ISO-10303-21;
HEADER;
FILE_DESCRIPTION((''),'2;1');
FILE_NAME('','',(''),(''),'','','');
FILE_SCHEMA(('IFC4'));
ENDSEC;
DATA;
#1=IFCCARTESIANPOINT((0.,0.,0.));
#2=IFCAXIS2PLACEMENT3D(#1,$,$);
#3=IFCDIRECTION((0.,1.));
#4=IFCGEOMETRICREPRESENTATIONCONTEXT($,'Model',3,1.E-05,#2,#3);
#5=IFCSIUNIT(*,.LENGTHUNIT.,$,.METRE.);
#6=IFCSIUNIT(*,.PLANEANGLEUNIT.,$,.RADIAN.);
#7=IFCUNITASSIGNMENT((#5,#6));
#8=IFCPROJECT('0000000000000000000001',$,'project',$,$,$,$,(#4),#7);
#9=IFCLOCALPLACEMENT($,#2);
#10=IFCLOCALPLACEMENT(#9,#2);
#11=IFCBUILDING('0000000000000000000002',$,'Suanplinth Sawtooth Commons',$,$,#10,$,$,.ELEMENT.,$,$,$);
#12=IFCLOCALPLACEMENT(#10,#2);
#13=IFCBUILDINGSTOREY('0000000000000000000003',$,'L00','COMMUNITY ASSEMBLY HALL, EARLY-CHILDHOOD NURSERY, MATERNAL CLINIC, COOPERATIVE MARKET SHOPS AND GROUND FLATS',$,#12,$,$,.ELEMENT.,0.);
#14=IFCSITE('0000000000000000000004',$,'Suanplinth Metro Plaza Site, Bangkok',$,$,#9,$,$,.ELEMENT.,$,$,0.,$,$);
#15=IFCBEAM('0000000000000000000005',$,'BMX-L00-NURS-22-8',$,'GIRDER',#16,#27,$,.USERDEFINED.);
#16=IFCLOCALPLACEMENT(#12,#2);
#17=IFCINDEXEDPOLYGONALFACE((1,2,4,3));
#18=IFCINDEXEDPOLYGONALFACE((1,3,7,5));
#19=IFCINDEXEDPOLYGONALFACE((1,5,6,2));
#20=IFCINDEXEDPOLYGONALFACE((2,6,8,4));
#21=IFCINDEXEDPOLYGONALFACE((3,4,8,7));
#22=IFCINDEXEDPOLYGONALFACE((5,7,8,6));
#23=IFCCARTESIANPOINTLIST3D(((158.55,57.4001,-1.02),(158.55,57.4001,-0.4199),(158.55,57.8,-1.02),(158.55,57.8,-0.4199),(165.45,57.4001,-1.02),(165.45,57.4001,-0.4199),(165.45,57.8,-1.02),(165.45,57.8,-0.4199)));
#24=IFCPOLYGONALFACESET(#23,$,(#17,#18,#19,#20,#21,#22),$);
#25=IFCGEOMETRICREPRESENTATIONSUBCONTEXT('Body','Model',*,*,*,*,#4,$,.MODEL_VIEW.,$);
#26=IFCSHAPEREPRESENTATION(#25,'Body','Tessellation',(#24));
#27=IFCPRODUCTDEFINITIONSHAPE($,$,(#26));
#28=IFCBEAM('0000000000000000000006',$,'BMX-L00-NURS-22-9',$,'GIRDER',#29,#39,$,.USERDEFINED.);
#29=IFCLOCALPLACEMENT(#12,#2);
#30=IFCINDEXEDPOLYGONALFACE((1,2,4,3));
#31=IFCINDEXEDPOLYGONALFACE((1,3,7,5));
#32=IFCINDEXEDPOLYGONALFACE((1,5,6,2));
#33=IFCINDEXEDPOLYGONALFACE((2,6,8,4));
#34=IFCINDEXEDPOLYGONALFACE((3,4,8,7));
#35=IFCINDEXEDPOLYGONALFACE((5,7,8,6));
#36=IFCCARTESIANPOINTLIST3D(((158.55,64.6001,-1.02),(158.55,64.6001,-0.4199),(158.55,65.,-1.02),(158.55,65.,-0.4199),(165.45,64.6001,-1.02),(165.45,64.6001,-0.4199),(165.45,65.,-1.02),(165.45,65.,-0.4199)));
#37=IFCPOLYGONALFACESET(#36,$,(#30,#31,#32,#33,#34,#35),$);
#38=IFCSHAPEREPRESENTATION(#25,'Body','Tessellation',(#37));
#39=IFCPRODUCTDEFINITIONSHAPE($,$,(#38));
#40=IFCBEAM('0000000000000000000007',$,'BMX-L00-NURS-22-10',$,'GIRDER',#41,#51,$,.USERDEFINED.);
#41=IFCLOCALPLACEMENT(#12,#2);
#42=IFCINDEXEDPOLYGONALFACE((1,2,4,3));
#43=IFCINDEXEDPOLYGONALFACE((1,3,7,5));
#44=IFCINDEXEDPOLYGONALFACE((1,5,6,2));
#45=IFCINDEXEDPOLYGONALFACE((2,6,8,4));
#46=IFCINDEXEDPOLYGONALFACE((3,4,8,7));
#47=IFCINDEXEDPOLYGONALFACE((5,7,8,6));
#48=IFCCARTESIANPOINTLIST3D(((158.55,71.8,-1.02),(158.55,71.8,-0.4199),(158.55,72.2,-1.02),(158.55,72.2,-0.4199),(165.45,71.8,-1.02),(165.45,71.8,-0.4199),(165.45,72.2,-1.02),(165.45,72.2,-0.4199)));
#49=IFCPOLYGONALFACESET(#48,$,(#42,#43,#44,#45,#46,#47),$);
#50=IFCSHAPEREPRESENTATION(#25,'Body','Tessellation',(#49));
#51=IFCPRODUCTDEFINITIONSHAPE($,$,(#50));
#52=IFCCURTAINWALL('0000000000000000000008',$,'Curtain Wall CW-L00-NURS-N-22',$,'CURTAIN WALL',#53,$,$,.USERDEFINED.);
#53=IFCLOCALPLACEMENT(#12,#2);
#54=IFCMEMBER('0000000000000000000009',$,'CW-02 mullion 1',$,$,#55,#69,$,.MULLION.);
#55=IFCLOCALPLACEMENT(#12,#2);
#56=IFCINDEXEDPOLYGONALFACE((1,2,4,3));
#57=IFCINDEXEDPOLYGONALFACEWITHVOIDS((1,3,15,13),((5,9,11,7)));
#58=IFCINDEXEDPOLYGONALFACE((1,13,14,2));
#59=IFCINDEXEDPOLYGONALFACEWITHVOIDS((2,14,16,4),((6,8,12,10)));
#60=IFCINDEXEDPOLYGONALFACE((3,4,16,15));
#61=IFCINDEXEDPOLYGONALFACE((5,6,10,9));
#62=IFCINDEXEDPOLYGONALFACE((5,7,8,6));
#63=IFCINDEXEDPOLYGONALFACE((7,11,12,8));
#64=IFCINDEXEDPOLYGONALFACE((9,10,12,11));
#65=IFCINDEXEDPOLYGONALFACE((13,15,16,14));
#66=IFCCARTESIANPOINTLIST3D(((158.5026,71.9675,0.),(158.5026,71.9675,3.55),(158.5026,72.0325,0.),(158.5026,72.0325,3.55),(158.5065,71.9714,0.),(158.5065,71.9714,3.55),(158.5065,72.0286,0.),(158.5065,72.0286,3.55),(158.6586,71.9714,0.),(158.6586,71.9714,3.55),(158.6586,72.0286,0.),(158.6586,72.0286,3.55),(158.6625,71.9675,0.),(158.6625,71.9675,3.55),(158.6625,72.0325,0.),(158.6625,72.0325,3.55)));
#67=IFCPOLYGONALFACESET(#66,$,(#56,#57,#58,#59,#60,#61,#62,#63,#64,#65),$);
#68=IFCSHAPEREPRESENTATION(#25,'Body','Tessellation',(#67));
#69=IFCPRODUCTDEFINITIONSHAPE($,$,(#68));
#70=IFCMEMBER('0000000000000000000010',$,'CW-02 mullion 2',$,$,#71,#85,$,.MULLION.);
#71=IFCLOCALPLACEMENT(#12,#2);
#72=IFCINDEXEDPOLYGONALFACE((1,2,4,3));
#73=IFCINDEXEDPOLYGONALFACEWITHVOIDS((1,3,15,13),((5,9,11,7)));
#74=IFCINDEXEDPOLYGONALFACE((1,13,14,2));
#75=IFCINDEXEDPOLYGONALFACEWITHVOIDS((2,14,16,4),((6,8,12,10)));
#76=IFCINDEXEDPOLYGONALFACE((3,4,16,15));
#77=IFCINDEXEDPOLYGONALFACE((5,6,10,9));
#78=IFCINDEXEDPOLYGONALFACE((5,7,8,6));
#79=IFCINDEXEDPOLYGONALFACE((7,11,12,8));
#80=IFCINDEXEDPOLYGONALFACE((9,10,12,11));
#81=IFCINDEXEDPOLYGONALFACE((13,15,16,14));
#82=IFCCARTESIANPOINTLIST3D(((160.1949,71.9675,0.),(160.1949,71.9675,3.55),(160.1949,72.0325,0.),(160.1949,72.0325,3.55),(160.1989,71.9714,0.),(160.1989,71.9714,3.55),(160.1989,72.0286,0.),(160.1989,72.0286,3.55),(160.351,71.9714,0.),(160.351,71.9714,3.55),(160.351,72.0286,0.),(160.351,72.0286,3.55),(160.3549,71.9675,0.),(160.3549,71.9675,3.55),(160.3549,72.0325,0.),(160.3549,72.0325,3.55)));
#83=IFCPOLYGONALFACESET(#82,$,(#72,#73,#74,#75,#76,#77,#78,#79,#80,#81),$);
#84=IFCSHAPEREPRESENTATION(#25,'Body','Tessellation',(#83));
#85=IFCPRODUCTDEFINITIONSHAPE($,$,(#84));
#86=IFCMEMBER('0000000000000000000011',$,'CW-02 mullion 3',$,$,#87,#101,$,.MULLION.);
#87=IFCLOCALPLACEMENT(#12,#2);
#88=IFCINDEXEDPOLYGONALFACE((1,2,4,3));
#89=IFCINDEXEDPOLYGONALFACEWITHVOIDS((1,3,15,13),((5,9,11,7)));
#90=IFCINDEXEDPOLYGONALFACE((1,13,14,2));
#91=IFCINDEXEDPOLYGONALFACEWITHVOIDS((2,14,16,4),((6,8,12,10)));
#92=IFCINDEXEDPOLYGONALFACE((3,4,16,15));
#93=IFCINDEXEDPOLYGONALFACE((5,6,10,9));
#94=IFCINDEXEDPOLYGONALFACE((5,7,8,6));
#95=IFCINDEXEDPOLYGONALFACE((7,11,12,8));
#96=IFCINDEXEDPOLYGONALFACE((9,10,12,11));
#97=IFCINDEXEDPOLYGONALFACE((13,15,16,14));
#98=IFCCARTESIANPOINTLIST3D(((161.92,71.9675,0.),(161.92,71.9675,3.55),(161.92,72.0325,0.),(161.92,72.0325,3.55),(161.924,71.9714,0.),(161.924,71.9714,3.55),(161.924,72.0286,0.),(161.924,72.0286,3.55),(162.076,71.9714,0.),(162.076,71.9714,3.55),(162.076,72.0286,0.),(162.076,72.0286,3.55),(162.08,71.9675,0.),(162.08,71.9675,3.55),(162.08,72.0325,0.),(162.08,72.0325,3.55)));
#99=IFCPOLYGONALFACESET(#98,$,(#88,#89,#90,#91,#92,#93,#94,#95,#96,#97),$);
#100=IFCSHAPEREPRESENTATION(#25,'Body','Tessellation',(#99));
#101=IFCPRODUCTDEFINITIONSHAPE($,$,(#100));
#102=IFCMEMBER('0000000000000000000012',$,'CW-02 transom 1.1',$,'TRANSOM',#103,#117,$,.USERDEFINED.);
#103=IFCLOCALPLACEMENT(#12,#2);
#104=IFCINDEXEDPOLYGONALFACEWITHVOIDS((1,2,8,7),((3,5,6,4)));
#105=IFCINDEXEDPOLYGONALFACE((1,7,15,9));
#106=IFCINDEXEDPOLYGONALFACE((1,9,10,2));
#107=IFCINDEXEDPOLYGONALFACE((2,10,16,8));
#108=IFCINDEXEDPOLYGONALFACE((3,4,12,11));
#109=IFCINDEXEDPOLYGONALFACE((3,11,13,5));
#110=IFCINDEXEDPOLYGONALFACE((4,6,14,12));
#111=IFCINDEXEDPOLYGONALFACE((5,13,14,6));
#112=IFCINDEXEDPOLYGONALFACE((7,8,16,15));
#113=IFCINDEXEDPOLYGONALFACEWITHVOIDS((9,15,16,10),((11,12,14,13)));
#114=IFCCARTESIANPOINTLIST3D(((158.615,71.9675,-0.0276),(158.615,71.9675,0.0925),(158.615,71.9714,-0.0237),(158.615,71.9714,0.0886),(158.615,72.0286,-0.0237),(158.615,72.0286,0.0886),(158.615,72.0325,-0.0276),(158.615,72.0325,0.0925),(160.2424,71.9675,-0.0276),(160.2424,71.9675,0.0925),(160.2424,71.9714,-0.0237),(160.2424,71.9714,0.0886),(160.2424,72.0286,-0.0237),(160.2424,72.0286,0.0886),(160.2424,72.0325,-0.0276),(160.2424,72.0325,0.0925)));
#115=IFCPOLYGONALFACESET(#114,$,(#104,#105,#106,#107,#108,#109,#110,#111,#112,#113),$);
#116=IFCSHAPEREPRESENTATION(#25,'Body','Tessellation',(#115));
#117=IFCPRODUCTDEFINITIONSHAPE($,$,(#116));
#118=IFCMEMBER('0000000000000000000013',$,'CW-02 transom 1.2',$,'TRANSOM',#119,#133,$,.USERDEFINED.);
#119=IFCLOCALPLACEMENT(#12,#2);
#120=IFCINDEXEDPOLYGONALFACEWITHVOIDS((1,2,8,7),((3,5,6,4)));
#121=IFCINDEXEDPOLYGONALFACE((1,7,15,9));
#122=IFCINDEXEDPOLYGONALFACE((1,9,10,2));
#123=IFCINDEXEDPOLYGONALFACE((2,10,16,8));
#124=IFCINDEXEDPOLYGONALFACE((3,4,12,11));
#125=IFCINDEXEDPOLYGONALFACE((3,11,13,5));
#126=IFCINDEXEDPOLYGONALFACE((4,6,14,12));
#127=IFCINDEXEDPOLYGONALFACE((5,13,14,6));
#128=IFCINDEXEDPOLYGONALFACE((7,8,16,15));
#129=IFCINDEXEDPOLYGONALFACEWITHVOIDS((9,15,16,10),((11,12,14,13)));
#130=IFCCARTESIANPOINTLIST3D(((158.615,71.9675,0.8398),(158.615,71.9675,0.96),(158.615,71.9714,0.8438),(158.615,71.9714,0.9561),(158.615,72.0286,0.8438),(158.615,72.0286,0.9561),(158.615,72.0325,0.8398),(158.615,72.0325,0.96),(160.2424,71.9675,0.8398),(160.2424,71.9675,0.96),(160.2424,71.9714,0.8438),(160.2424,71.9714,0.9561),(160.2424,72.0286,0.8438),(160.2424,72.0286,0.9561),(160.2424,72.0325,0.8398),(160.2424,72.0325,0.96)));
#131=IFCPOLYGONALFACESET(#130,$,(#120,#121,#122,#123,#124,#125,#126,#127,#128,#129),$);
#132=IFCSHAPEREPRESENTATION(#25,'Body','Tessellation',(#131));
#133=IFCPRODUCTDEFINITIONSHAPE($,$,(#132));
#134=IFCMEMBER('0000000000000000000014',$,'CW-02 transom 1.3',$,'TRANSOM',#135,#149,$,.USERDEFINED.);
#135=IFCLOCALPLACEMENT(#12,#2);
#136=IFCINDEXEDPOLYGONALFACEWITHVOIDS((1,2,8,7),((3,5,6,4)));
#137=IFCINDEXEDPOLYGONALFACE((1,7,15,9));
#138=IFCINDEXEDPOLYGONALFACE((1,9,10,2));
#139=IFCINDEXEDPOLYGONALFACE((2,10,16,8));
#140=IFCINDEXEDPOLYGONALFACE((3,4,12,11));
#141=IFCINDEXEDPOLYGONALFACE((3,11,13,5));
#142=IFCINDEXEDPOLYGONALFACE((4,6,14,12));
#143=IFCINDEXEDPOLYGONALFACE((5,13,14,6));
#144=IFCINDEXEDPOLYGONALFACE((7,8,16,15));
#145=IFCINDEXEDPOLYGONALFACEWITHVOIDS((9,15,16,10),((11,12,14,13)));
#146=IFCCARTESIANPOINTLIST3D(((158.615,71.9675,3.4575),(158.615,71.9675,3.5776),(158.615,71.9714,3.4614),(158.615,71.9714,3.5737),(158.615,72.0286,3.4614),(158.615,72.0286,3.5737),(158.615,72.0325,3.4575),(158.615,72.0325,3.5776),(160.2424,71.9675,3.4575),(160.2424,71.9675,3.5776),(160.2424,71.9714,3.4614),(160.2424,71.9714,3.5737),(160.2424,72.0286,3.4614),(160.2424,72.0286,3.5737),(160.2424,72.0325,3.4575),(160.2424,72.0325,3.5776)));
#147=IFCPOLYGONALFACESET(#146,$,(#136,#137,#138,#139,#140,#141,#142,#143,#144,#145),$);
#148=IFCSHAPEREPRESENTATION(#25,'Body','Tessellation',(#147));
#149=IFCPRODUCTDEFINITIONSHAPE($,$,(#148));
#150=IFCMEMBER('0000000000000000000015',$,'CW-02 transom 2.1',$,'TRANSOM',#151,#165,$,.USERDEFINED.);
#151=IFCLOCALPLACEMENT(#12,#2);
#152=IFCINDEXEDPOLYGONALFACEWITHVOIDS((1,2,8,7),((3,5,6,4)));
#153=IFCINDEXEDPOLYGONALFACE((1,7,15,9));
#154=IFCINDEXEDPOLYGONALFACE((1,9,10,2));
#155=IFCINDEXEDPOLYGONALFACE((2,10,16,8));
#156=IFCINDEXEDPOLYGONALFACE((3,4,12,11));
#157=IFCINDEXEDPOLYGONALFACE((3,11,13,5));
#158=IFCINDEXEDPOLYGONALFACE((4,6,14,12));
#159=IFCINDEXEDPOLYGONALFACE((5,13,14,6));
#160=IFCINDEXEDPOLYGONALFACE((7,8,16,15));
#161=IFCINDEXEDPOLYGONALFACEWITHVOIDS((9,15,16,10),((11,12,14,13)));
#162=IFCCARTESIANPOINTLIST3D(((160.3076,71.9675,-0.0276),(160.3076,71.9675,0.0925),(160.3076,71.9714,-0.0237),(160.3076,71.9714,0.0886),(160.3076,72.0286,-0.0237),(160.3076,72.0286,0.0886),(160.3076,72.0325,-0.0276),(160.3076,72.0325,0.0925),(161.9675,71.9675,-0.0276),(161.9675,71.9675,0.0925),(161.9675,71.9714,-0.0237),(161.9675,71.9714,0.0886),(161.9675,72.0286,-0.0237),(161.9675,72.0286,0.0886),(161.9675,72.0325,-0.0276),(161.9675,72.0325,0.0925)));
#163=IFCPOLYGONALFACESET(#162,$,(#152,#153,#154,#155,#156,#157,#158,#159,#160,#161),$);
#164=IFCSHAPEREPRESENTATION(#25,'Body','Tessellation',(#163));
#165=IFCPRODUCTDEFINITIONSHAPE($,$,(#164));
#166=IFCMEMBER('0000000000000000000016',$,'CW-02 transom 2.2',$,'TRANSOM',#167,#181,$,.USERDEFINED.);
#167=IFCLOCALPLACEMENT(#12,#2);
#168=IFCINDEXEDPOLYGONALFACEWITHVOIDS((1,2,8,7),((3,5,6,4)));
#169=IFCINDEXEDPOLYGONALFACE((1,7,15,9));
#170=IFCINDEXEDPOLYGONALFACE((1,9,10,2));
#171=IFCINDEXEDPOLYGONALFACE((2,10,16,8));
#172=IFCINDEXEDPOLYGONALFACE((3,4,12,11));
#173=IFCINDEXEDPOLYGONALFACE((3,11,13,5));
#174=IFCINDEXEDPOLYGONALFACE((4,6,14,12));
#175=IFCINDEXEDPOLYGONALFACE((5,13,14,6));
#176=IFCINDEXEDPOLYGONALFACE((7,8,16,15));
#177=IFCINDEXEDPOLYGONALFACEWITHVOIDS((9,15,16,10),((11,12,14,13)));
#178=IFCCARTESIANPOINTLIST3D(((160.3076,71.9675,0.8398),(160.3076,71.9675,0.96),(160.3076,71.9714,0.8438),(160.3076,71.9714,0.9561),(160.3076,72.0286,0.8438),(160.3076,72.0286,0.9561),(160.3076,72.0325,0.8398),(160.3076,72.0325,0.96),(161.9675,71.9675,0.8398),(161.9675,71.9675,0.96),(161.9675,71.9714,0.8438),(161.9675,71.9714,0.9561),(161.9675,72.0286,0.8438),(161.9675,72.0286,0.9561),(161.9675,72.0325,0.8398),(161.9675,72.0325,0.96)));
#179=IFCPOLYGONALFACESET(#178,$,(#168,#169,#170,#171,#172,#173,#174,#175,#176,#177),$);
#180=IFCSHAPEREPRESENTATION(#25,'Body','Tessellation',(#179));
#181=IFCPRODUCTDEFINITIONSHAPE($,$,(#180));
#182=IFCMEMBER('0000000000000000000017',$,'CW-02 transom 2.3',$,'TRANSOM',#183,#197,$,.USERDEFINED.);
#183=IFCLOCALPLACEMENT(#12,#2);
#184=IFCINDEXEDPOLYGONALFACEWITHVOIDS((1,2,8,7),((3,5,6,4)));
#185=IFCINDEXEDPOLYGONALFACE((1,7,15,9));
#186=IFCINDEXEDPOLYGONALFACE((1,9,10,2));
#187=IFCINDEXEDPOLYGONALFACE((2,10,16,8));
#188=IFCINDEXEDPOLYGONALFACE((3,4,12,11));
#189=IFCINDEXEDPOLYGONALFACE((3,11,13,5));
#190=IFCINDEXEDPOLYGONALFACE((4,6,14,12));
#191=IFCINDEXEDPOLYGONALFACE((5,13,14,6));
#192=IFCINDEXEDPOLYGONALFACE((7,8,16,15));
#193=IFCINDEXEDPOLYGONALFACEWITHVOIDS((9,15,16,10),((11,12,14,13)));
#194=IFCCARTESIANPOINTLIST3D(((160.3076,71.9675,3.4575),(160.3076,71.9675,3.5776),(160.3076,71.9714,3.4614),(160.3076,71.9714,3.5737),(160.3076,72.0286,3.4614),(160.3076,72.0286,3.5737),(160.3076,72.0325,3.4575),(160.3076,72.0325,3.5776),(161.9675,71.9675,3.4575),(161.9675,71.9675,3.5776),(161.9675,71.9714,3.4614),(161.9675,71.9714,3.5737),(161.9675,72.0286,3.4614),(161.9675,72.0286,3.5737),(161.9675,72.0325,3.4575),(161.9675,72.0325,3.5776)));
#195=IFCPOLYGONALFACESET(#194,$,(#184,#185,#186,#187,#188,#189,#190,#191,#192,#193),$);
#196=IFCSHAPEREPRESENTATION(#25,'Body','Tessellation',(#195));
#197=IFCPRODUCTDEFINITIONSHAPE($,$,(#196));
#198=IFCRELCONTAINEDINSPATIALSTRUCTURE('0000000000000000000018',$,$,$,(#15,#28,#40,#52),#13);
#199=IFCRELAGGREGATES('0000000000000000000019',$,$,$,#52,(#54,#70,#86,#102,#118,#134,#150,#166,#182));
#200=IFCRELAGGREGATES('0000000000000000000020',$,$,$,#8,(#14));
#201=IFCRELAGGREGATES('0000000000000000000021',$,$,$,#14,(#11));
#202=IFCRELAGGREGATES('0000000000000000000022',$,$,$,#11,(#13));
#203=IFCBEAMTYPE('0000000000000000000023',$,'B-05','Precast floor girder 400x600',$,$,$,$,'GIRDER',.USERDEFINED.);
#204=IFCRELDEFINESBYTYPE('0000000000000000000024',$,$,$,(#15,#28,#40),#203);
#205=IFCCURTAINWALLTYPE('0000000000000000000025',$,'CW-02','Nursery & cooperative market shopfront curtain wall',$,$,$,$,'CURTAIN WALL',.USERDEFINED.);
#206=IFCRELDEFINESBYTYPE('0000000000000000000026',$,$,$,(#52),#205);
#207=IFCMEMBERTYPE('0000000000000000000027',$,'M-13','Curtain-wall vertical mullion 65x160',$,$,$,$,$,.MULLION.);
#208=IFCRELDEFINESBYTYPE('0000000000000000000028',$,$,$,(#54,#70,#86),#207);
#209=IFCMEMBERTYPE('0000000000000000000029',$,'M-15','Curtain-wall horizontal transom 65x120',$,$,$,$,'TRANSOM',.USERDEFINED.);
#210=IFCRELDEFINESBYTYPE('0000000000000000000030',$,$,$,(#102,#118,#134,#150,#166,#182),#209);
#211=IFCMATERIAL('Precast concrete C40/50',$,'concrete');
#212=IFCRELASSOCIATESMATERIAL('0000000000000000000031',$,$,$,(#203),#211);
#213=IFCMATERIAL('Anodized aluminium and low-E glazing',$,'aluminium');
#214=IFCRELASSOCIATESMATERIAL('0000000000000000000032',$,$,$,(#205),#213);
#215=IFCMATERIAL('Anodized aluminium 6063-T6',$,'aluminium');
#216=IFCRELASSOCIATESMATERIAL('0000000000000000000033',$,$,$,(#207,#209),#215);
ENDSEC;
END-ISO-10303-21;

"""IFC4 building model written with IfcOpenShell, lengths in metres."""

from ifc_helpers import new_model, si_unit, direction, frame, origin, origin_2d, place, context, subcontext, project, spatial, rectangle, hollow_rectangle, extrude, material, material_profile, profile_set, type_object, element, aggregate, save


model = new_model("IFC4")

# Units and contexts
model_context = context("Model", 3, precision=1e-05, world=origin(), true_north=direction((0.0, 1.0)))
body_context = subcontext(model_context, "Body", "Model", "MODEL_VIEW")
ifc_project = project(units=[si_unit("LENGTHUNIT", "METRE"), si_unit("PLANEANGLEUNIT", "RADIAN")], contexts=[model_context])

# Site, building, storey
site_placement = place(None, origin())
site = spatial("IfcSite", under=ifc_project, at=site_placement, Name="Suanplinth Metro Plaza Site, Bangkok", CompositionType="ELEMENT", RefElevation=0.0)
building_placement = place(site_placement, origin())
building = spatial("IfcBuilding", under=site, at=building_placement, Name="Suanplinth Sawtooth Commons", CompositionType="ELEMENT")
storey_placement = place(building_placement, origin())
storey = spatial("IfcBuildingStorey", under=building, at=storey_placement, Name="L00", Description="COMMUNITY ASSEMBLY HALL, EARLY-CHILDHOOD NURSERY, MATERNAL CLINIC, COOPERATIVE MARKET SHOPS AND GROUND FLATS", CompositionType="ELEMENT", Elevation=0.0)

# Beams
ifc_material_1 = material(Name="Precast concrete C40/50", Category="concrete")
ifc_material_profile_1 = material_profile(ifc_material_1, rectangle(XDim=0.3999, YDim=0.6001, at=origin_2d()), Name="PC-GDR 400x600")
ifc_profile_set_1 = profile_set([ifc_material_profile_1], Name="Precast concrete C40/50")
beam_type = type_object("IfcBeamType", Name="B-05", Description="Precast floor girder 400x600", ElementType="GIRDER", PredefinedType="USERDEFINED", material=ifc_profile_set_1)
for number, where, z_axis, x_axis, name in (
    (1, (158.55, 57.6001, -0.72), (1.0, 0.0, 0.0), (0.0, 1.0, 0.0), "BMX-L00-NURS-22-8"),
    (2, (158.55, 64.8, -0.72), (1.0, 0.0, 0.0), (0.0, 1.0, 0.0), "BMX-L00-NURS-22-9"),
    (3, (158.55, 72.0, -0.72), (1.0, 0.0, 0.0), (0.0, 1.0, 0.0), "BMX-L00-NURS-22-10"),
):
    element("IfcBeam", number, at=place(storey_placement, frame(where, z_axis=z_axis, x_axis=x_axis)), inside=storey, type_object=beam_type, Name=name, ObjectType="GIRDER", PredefinedType="USERDEFINED", context=body_context, shape_type="SweptSolid", body=[
        extrude(rectangle(XDim=0.3999, YDim=0.6001, at=origin_2d()), origin(), (0.0, 0.0, 1.0), 6.8999),
    ])

# Curtain wall, members
ifc_material_2 = material(Name="Anodized aluminium and low-E glazing", Category="aluminium")
curtain_wall_type = type_object("IfcCurtainWallType", Name="CW-02", Description="Nursery & cooperative market shopfront curtain wall", ElementType="CURTAIN WALL", PredefinedType="USERDEFINED", material=ifc_material_2)
curtain_wall_placement = place(storey_placement, origin())
curtain_wall = element("IfcCurtainWall", 4, at=curtain_wall_placement, inside=storey, type_object=curtain_wall_type, Name="Curtain Wall CW-L00-NURS-N-22", ObjectType="CURTAIN WALL", PredefinedType="USERDEFINED")
ifc_material_3 = material(Name="Anodized aluminium 6063-T6", Category="aluminium")
ifc_material_profile_2 = material_profile(ifc_material_3, hollow_rectangle(XDim=0.0649, YDim=0.1599, WallThickness=0.0039, at=origin_2d()), Name="ALU-MUL 65x160")
ifc_profile_set_2 = profile_set([ifc_material_profile_2], Name="Anodized aluminium 6063-T6")
member_type_1 = type_object("IfcMemberType", Name="M-13", Description="Curtain-wall vertical mullion 65x160", PredefinedType="MULLION", material=ifc_profile_set_2)
member_1_placement = place(storey_placement, frame((158.5825, 72.0, 0.0), z_axis=(0.0, 0.0, 1.0), x_axis=(0.0, 1.0, 0.0)))
member_1 = element("IfcMember", 5, at=member_1_placement, type_object=member_type_1, Name="CW-02 mullion 1", PredefinedType="MULLION", context=body_context, shape_type="SweptSolid", body=[
    extrude(hollow_rectangle(XDim=0.0649, YDim=0.1599, WallThickness=0.0039, at=origin_2d()), origin(), (0.0, 0.0, 1.0), 3.55),
])
member_2_placement = place(storey_placement, frame((160.2749, 72.0, 0.0), z_axis=(0.0, 0.0, 1.0), x_axis=(0.0, 1.0, 0.0)))
member_2 = element("IfcMember", 6, at=member_2_placement, type_object=member_type_1, Name="CW-02 mullion 2", PredefinedType="MULLION", context=body_context, shape_type="SweptSolid", body=[
    extrude(hollow_rectangle(XDim=0.0649, YDim=0.1599, WallThickness=0.0039, at=origin_2d()), origin(), (0.0, 0.0, 1.0), 3.55),
])
member_3_placement = place(storey_placement, frame((162.0, 72.0, 0.0), z_axis=(0.0, 0.0, 1.0), x_axis=(0.0, 1.0, 0.0)))
member_3 = element("IfcMember", 7, at=member_3_placement, type_object=member_type_1, Name="CW-02 mullion 3", PredefinedType="MULLION", context=body_context, shape_type="SweptSolid", body=[
    extrude(hollow_rectangle(XDim=0.0649, YDim=0.1599, WallThickness=0.0039, at=origin_2d()), origin(), (0.0, 0.0, 1.0), 3.55),
])
ifc_material_profile_3 = material_profile(ifc_material_3, hollow_rectangle(XDim=0.0649, YDim=0.1201, WallThickness=0.0039, at=origin_2d()), Name="ALU-TRN 65x120")
ifc_profile_set_3 = profile_set([ifc_material_profile_3], Name="Anodized aluminium 6063-T6")
member_type_2 = type_object("IfcMemberType", Name="M-15", Description="Curtain-wall horizontal transom 65x120", ElementType="TRANSOM", PredefinedType="USERDEFINED", material=ifc_profile_set_3)
member_4_placement = place(storey_placement, frame((158.615, 72.0, 0.0325), z_axis=(1.0, 0.0, 0.0), x_axis=(0.0, 1.0, 0.0)))
member_4 = element("IfcMember", 8, at=member_4_placement, type_object=member_type_2, Name="CW-02 transom 1.1", ObjectType="TRANSOM", PredefinedType="USERDEFINED", context=body_context, shape_type="SweptSolid", body=[
    extrude(hollow_rectangle(XDim=0.0649, YDim=0.1201, WallThickness=0.0039, at=origin_2d()), origin(), (0.0, 0.0, 1.0), 1.6274),
])
member_5_placement = place(storey_placement, frame((158.615, 72.0, 0.8999), z_axis=(1.0, 0.0, 0.0), x_axis=(0.0, 1.0, 0.0)))
member_5 = element("IfcMember", 9, at=member_5_placement, type_object=member_type_2, Name="CW-02 transom 1.2", ObjectType="TRANSOM", PredefinedType="USERDEFINED", context=body_context, shape_type="SweptSolid", body=[
    extrude(hollow_rectangle(XDim=0.0649, YDim=0.1201, WallThickness=0.0039, at=origin_2d()), origin(), (0.0, 0.0, 1.0), 1.6274),
])
member_6_placement = place(storey_placement, frame((158.615, 72.0, 3.5176), z_axis=(1.0, 0.0, 0.0), x_axis=(0.0, 1.0, 0.0)))
member_6 = element("IfcMember", 10, at=member_6_placement, type_object=member_type_2, Name="CW-02 transom 1.3", ObjectType="TRANSOM", PredefinedType="USERDEFINED", context=body_context, shape_type="SweptSolid", body=[
    extrude(hollow_rectangle(XDim=0.0649, YDim=0.1201, WallThickness=0.0039, at=origin_2d()), origin(), (0.0, 0.0, 1.0), 1.6274),
])
member_7_placement = place(storey_placement, frame((160.3076, 72.0, 0.0325), z_axis=(1.0, 0.0, 0.0), x_axis=(0.0, 1.0, 0.0)))
member_7 = element("IfcMember", 11, at=member_7_placement, type_object=member_type_2, Name="CW-02 transom 2.1", ObjectType="TRANSOM", PredefinedType="USERDEFINED", context=body_context, shape_type="SweptSolid", body=[
    extrude(hollow_rectangle(XDim=0.0649, YDim=0.1201, WallThickness=0.0039, at=origin_2d()), origin(), (0.0, 0.0, 1.0), 1.6599),
])
member_8_placement = place(storey_placement, frame((160.3076, 72.0, 0.8999), z_axis=(1.0, 0.0, 0.0), x_axis=(0.0, 1.0, 0.0)))
member_8 = element("IfcMember", 12, at=member_8_placement, type_object=member_type_2, Name="CW-02 transom 2.2", ObjectType="TRANSOM", PredefinedType="USERDEFINED", context=body_context, shape_type="SweptSolid", body=[
    extrude(hollow_rectangle(XDim=0.0649, YDim=0.1201, WallThickness=0.0039, at=origin_2d()), origin(), (0.0, 0.0, 1.0), 1.6599),
])
member_9_placement = place(storey_placement, frame((160.3076, 72.0, 3.5176), z_axis=(1.0, 0.0, 0.0), x_axis=(0.0, 1.0, 0.0)))
member_9 = element("IfcMember", 13, at=member_9_placement, type_object=member_type_2, Name="CW-02 transom 2.3", ObjectType="TRANSOM", PredefinedType="USERDEFINED", context=body_context, shape_type="SweptSolid", body=[
    extrude(hollow_rectangle(XDim=0.0649, YDim=0.1201, WallThickness=0.0039, at=origin_2d()), origin(), (0.0, 0.0, 1.0), 1.6599),
])
aggregate(curtain_wall, [member_1, member_2, member_3, member_4, member_5, member_6, member_7, member_8, member_9])

save(model, "model.ifc")
